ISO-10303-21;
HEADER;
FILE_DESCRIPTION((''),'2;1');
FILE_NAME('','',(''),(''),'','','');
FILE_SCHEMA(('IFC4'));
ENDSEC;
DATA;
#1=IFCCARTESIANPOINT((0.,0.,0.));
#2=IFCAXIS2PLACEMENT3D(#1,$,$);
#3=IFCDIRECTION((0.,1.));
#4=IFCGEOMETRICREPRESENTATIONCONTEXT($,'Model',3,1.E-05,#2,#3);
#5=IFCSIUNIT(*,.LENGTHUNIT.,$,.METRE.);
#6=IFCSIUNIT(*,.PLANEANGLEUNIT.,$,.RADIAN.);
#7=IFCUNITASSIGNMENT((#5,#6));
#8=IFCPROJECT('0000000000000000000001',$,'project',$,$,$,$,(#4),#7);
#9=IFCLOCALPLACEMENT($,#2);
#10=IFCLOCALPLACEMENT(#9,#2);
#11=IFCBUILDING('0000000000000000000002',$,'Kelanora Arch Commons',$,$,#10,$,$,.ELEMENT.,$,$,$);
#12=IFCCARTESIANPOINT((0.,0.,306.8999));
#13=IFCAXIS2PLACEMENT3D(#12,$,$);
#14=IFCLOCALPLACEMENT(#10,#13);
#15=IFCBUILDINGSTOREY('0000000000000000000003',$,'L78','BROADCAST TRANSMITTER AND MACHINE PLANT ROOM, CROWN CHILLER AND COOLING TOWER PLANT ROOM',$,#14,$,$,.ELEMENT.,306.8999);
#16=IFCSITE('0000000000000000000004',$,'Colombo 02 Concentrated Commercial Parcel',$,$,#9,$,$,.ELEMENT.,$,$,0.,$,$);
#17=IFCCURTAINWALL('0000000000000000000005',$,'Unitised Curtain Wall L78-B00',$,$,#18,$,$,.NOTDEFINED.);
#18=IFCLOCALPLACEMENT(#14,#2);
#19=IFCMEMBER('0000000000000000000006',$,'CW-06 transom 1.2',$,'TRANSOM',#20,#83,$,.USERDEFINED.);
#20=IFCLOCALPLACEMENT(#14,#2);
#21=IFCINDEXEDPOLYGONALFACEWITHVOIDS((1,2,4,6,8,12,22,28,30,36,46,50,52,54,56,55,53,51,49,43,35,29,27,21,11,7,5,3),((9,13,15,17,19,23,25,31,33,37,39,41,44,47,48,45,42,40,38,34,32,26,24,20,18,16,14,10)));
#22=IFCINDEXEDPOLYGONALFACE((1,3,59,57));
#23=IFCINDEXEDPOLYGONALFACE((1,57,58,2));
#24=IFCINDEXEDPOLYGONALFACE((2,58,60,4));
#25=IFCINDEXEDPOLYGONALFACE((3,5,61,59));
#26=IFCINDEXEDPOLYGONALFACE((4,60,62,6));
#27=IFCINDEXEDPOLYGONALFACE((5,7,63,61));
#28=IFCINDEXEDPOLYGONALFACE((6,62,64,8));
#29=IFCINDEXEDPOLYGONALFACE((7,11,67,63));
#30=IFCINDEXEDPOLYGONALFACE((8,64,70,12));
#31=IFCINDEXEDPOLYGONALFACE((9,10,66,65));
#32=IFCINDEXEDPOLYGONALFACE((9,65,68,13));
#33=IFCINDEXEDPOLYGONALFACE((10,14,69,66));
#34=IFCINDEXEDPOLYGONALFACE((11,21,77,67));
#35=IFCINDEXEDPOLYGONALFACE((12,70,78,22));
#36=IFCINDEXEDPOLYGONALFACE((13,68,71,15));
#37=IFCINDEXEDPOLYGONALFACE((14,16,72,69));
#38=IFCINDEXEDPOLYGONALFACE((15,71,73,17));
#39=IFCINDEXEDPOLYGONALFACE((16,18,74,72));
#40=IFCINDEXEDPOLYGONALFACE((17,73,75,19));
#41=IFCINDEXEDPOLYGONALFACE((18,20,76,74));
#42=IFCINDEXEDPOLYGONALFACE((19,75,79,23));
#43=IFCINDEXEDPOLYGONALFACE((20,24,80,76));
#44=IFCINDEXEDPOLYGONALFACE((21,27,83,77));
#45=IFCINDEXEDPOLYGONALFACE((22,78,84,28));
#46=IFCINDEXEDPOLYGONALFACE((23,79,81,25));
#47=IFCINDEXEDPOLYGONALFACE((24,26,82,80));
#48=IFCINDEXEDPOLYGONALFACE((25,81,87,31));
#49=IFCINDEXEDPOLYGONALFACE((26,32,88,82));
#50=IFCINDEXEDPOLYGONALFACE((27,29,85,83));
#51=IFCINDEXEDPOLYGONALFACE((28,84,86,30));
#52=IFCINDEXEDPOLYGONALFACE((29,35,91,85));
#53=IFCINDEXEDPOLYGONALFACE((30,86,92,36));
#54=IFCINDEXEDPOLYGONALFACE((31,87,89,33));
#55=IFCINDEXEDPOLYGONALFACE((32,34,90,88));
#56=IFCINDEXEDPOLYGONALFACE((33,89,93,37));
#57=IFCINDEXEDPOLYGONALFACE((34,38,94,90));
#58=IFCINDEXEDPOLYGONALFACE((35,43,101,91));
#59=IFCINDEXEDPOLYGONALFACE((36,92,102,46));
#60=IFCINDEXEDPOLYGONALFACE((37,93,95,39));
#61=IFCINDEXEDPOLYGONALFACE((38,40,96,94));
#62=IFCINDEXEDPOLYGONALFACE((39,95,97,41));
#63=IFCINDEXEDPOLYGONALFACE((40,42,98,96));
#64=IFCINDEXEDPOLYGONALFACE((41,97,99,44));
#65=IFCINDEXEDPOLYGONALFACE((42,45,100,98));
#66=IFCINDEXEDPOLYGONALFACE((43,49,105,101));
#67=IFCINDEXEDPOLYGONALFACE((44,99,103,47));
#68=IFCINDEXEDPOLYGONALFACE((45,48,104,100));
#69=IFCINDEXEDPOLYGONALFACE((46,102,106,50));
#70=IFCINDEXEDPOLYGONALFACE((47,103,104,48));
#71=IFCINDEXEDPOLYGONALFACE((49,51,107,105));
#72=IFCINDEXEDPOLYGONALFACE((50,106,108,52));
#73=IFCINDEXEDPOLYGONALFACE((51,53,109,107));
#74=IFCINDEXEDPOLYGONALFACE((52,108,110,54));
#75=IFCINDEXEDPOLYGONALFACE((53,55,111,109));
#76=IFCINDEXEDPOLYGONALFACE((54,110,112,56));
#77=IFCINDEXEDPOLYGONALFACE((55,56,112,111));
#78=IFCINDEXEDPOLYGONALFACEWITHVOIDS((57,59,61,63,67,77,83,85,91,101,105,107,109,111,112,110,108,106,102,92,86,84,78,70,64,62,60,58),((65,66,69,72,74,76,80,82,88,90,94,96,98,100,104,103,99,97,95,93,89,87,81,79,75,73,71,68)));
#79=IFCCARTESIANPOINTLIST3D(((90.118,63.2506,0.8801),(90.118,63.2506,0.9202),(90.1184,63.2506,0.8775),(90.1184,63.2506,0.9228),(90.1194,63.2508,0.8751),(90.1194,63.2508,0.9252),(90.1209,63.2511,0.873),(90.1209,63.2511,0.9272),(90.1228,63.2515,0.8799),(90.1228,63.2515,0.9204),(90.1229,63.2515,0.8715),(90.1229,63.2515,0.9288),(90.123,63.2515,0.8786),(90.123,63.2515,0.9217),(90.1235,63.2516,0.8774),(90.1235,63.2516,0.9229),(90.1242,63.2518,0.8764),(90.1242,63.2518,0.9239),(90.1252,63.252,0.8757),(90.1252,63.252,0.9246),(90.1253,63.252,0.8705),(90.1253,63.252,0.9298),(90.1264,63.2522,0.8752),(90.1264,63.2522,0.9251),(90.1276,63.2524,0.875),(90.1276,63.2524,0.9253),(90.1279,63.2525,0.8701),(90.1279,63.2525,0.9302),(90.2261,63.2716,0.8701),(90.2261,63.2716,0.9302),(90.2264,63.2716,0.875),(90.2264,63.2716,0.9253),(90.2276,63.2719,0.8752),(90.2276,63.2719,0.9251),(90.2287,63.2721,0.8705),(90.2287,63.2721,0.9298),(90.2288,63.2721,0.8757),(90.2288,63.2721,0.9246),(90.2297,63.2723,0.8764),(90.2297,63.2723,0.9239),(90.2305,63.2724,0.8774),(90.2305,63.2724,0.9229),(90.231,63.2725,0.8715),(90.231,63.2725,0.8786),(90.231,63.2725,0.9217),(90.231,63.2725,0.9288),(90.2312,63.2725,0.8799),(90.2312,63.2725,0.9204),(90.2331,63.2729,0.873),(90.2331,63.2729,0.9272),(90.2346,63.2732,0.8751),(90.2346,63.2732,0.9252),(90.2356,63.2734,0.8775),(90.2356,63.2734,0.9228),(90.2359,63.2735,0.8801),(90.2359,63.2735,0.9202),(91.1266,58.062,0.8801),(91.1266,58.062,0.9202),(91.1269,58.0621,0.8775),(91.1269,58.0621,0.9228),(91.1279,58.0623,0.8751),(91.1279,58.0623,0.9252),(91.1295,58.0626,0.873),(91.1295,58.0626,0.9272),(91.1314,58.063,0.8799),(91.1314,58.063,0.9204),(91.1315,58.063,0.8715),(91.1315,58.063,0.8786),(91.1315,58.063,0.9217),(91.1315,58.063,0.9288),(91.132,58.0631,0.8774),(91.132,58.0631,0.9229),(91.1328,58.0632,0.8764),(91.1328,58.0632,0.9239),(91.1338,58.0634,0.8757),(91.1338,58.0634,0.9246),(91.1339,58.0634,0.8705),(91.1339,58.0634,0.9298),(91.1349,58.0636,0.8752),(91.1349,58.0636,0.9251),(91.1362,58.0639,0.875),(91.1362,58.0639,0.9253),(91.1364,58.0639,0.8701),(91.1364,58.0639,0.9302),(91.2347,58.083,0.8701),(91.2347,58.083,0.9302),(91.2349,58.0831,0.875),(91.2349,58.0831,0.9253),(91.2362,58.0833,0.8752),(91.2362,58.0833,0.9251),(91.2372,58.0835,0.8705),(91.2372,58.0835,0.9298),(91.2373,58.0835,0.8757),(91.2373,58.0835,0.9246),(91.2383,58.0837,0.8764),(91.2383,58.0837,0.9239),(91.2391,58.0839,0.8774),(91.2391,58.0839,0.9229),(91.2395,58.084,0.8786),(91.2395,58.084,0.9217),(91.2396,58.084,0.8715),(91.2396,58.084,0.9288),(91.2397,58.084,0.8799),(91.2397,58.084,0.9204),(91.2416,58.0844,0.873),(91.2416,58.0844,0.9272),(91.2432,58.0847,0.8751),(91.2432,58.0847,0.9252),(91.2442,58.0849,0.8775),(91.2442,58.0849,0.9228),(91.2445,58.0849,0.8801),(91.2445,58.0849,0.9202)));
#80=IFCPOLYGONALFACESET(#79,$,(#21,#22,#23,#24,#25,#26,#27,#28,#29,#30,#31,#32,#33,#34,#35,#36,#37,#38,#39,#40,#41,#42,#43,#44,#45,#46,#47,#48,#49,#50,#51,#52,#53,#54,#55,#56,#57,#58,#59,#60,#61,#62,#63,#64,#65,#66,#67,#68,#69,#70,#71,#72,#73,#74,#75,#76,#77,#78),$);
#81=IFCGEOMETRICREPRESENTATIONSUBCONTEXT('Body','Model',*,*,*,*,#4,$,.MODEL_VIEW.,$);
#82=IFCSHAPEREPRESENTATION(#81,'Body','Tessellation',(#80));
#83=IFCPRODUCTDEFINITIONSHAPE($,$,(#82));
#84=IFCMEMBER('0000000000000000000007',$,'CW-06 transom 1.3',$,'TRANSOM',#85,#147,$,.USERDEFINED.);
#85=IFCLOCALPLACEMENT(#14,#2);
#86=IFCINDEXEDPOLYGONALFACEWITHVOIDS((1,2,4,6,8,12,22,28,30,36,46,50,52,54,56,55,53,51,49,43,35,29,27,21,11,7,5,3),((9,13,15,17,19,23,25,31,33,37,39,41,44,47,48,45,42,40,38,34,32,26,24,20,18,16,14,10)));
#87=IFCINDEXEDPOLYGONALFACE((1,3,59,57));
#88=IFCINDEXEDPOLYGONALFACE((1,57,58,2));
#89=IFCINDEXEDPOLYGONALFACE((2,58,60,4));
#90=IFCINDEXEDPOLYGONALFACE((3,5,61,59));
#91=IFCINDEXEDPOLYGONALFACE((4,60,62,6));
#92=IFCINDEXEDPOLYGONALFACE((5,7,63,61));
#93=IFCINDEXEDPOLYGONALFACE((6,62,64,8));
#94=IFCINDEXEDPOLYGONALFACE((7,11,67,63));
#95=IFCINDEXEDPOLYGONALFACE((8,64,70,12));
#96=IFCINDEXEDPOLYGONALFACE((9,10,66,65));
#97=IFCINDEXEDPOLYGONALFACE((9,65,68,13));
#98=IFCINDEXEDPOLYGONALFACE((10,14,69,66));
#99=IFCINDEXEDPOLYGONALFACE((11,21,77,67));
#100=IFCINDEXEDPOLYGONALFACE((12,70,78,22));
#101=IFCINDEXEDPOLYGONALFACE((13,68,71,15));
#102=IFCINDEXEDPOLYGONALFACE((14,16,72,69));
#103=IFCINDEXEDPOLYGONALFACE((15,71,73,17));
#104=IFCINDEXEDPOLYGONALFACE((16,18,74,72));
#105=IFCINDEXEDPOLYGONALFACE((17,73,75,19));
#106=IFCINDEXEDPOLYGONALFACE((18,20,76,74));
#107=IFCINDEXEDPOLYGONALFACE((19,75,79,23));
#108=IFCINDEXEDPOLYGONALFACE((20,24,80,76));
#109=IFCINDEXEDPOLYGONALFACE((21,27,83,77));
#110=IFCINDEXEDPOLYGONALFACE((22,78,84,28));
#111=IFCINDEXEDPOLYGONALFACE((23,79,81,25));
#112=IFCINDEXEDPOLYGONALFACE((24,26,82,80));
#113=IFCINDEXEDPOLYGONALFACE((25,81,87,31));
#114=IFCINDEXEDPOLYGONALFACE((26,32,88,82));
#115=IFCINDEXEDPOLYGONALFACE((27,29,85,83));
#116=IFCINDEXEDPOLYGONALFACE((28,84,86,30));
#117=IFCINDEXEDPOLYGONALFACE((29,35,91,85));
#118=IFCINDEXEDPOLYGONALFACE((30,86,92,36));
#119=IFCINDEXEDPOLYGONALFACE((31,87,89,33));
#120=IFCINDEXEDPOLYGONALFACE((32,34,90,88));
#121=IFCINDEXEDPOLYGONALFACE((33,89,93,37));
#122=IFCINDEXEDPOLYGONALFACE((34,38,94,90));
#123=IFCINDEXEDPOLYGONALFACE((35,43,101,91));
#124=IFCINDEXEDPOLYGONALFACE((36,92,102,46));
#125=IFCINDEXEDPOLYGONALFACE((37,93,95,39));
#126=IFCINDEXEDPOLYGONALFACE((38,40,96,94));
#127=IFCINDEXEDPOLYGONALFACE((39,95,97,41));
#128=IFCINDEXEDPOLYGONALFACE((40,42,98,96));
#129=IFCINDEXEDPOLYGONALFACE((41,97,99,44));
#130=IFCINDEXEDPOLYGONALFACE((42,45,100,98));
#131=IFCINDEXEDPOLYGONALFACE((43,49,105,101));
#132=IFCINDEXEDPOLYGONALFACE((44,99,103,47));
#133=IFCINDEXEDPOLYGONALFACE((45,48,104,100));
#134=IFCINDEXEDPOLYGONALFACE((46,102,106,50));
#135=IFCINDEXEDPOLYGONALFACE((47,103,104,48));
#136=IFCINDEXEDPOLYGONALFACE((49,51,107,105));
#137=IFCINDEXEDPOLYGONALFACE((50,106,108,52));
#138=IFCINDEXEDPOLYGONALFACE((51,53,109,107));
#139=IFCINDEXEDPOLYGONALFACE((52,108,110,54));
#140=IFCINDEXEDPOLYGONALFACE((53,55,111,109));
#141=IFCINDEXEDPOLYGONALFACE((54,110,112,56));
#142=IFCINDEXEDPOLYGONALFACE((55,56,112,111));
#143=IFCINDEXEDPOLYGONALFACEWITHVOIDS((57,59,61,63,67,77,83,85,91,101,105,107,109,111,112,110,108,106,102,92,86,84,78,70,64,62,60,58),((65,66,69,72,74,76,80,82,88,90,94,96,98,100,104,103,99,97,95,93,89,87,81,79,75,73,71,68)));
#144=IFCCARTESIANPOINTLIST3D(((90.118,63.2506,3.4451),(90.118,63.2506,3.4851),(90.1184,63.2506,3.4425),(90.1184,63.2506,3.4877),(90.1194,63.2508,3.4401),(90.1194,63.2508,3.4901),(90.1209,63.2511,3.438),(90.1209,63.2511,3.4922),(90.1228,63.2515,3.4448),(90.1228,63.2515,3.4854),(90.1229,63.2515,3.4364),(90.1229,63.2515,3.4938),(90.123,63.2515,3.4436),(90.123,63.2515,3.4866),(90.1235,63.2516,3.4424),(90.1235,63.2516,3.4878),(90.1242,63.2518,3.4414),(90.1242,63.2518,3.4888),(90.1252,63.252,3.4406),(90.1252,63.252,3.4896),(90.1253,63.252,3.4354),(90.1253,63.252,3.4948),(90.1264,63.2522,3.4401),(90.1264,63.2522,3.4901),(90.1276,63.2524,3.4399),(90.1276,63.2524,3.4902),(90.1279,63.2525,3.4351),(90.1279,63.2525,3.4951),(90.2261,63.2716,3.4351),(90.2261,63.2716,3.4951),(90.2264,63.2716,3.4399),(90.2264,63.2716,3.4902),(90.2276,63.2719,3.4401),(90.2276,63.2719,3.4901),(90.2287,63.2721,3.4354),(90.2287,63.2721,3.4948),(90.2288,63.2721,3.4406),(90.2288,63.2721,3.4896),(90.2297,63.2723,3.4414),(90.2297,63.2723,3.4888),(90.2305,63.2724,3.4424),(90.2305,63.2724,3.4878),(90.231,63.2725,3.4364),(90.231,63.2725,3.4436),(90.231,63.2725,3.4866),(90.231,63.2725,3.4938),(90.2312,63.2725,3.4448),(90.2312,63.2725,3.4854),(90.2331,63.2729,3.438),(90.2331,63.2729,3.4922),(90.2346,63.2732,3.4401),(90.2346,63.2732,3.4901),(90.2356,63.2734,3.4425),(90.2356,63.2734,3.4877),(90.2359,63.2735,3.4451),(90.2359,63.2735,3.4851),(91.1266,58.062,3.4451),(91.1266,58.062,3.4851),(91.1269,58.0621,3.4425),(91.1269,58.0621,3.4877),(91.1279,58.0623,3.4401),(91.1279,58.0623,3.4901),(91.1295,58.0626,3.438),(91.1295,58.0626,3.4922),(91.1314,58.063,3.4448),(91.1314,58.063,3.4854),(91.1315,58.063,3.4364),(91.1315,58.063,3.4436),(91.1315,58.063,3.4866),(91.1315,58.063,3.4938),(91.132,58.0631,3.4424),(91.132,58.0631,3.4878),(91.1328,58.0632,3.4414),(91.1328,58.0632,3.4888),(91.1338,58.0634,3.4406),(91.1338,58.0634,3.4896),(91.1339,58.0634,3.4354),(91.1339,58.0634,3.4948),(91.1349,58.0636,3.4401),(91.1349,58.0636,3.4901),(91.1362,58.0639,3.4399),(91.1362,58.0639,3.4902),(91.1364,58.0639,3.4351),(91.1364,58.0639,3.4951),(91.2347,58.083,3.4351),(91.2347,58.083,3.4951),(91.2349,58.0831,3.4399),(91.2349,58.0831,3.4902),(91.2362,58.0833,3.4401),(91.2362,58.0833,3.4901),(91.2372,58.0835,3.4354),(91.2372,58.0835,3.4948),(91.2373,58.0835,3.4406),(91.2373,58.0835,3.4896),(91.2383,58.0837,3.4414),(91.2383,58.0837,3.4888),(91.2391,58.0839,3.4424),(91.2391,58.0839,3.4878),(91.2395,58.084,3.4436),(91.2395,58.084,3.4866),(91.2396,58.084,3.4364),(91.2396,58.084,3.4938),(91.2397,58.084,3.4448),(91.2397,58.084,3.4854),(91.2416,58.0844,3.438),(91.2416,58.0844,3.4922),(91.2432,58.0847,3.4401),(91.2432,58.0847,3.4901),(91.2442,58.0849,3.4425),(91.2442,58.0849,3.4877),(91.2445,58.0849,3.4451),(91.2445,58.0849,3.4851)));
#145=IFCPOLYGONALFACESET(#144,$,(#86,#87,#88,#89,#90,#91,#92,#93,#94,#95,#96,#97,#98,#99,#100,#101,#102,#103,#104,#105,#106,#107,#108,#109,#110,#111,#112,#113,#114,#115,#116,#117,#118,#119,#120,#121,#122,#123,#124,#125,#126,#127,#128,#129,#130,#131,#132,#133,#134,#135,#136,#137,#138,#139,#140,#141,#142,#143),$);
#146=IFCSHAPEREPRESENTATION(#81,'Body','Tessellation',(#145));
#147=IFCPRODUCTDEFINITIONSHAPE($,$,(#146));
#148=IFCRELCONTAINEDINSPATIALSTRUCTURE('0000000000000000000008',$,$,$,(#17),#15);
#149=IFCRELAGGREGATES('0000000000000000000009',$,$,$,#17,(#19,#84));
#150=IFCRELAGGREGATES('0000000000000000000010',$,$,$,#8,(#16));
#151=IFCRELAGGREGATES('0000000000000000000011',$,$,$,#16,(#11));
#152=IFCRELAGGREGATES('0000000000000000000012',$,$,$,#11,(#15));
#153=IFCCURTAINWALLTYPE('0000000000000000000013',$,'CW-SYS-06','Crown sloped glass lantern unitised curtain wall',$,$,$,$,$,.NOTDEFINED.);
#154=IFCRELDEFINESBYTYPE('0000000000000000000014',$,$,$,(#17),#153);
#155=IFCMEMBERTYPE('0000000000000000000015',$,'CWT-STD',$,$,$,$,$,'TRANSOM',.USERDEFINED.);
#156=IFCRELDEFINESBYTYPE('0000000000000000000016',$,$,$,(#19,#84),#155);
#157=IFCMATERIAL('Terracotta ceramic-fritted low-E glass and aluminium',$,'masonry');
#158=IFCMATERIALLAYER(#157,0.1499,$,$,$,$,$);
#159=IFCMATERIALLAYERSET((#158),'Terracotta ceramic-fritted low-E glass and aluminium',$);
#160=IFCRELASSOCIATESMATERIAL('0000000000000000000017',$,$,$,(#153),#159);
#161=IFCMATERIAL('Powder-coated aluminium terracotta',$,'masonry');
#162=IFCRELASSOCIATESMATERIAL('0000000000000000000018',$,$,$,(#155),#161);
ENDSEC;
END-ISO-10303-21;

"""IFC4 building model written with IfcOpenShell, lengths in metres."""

from ifc_helpers import new_model, si_unit, direction, frame, origin, origin_2d, place, context, subcontext, project, spatial, hollow_rectangle, extrude, material, layer, layer_set, material_profile, profile_set, type_object, element, aggregate, save


model = new_model("IFC4")

# Units and contexts
model_context = context("Model", 3, precision=1e-05, world=origin(), true_north=direction((0.0, 1.0)))
body_context = subcontext(model_context, "Body", "Model", "MODEL_VIEW")
ifc_project = project(units=[si_unit("LENGTHUNIT", "METRE"), si_unit("PLANEANGLEUNIT", "RADIAN")], contexts=[model_context])

# Site, building, storey
site_placement = place(None, origin())
site = spatial("IfcSite", under=ifc_project, at=site_placement, Name="Colombo 02 Concentrated Commercial Parcel", CompositionType="ELEMENT", RefElevation=0.0)
building_placement = place(site_placement, origin())
building = spatial("IfcBuilding", under=site, at=building_placement, Name="Kelanora Arch Commons", CompositionType="ELEMENT")
storey_placement = place(building_placement, frame((0.0, 0.0, 306.8999)))
storey = spatial("IfcBuildingStorey", under=building, at=storey_placement, Name="L78", Description="BROADCAST TRANSMITTER AND MACHINE PLANT ROOM, CROWN CHILLER AND COOLING TOWER PLANT ROOM", CompositionType="ELEMENT", Elevation=306.8999)

# Curtain wall
ifc_material_1 = material(Name="Terracotta ceramic-fritted low-E glass and aluminium", Category="masonry")
ifc_layer_1 = layer(ifc_material_1, 0.1499)
ifc_layer_set_1 = layer_set([ifc_layer_1], Name="Terracotta ceramic-fritted low-E glass and aluminium")
curtain_wall_type = type_object("IfcCurtainWallType", Name="CW-SYS-06", Description="Crown sloped glass lantern unitised curtain wall", PredefinedType="NOTDEFINED", material=ifc_layer_set_1)
curtain_wall_1_placement = place(storey_placement, origin())
curtain_wall_1 = element("IfcCurtainWall", 1, at=curtain_wall_1_placement, inside=storey, type_object=curtain_wall_type, Name="Unitised Curtain Wall L78-B00", PredefinedType="NOTDEFINED")
ifc_material_2 = material(Name="Powder-coated aluminium terracotta", Category="masonry")

# Members
ifc_material_profile_1 = material_profile(ifc_material_2, hollow_rectangle(XDim=0.1201, YDim=0.0601, WallThickness=0.0049, InnerFilletRadius=0.0049, OuterFilletRadius=0.01, at=origin_2d()), Name="CWT120x60")
ifc_profile_set_1 = profile_set([ifc_material_profile_1], Name="Powder-coated aluminium terracotta")
member_type_1 = type_object("IfcMemberType", Name="CWT-STD", ElementType="TRANSOM", PredefinedType="USERDEFINED", material=ifc_profile_set_1)
member_1_placement = place(storey_placement, frame((91.1855, 58.0735, 0.9001), z_axis=(-0.19081, 0.981627, 0.0), x_axis=(-0.981627, -0.19081, 0.0)))
member_1 = element("IfcMember", 2, at=member_1_placement, type_object=member_type_1, Name="CW-06 transom 1.2", ObjectType="TRANSOM", PredefinedType="USERDEFINED", context=body_context, shape_type="SweptSolid", body=[
    extrude(hollow_rectangle(XDim=0.1201, YDim=0.0601, WallThickness=0.0049, InnerFilletRadius=0.0049, OuterFilletRadius=0.01, at=origin_2d()), origin(), (0.0, 0.0, 1.0), 5.2856),
])
member_2_placement = place(storey_placement, frame((91.1855, 58.0735, 3.4651), z_axis=(-0.19081, 0.981627, 0.0), x_axis=(-0.981627, -0.19081, 0.0)))
member_2 = element("IfcMember", 3, at=member_2_placement, type_object=member_type_1, Name="CW-06 transom 1.3", ObjectType="TRANSOM", PredefinedType="USERDEFINED", context=body_context, shape_type="SweptSolid", body=[
    extrude(hollow_rectangle(XDim=0.1201, YDim=0.0601, WallThickness=0.0049, InnerFilletRadius=0.0049, OuterFilletRadius=0.01, at=origin_2d()), origin(), (0.0, 0.0, 1.0), 5.2856),
])

aggregate(curtain_wall_1, [member_1, member_2])

save(model, "model.ifc")
